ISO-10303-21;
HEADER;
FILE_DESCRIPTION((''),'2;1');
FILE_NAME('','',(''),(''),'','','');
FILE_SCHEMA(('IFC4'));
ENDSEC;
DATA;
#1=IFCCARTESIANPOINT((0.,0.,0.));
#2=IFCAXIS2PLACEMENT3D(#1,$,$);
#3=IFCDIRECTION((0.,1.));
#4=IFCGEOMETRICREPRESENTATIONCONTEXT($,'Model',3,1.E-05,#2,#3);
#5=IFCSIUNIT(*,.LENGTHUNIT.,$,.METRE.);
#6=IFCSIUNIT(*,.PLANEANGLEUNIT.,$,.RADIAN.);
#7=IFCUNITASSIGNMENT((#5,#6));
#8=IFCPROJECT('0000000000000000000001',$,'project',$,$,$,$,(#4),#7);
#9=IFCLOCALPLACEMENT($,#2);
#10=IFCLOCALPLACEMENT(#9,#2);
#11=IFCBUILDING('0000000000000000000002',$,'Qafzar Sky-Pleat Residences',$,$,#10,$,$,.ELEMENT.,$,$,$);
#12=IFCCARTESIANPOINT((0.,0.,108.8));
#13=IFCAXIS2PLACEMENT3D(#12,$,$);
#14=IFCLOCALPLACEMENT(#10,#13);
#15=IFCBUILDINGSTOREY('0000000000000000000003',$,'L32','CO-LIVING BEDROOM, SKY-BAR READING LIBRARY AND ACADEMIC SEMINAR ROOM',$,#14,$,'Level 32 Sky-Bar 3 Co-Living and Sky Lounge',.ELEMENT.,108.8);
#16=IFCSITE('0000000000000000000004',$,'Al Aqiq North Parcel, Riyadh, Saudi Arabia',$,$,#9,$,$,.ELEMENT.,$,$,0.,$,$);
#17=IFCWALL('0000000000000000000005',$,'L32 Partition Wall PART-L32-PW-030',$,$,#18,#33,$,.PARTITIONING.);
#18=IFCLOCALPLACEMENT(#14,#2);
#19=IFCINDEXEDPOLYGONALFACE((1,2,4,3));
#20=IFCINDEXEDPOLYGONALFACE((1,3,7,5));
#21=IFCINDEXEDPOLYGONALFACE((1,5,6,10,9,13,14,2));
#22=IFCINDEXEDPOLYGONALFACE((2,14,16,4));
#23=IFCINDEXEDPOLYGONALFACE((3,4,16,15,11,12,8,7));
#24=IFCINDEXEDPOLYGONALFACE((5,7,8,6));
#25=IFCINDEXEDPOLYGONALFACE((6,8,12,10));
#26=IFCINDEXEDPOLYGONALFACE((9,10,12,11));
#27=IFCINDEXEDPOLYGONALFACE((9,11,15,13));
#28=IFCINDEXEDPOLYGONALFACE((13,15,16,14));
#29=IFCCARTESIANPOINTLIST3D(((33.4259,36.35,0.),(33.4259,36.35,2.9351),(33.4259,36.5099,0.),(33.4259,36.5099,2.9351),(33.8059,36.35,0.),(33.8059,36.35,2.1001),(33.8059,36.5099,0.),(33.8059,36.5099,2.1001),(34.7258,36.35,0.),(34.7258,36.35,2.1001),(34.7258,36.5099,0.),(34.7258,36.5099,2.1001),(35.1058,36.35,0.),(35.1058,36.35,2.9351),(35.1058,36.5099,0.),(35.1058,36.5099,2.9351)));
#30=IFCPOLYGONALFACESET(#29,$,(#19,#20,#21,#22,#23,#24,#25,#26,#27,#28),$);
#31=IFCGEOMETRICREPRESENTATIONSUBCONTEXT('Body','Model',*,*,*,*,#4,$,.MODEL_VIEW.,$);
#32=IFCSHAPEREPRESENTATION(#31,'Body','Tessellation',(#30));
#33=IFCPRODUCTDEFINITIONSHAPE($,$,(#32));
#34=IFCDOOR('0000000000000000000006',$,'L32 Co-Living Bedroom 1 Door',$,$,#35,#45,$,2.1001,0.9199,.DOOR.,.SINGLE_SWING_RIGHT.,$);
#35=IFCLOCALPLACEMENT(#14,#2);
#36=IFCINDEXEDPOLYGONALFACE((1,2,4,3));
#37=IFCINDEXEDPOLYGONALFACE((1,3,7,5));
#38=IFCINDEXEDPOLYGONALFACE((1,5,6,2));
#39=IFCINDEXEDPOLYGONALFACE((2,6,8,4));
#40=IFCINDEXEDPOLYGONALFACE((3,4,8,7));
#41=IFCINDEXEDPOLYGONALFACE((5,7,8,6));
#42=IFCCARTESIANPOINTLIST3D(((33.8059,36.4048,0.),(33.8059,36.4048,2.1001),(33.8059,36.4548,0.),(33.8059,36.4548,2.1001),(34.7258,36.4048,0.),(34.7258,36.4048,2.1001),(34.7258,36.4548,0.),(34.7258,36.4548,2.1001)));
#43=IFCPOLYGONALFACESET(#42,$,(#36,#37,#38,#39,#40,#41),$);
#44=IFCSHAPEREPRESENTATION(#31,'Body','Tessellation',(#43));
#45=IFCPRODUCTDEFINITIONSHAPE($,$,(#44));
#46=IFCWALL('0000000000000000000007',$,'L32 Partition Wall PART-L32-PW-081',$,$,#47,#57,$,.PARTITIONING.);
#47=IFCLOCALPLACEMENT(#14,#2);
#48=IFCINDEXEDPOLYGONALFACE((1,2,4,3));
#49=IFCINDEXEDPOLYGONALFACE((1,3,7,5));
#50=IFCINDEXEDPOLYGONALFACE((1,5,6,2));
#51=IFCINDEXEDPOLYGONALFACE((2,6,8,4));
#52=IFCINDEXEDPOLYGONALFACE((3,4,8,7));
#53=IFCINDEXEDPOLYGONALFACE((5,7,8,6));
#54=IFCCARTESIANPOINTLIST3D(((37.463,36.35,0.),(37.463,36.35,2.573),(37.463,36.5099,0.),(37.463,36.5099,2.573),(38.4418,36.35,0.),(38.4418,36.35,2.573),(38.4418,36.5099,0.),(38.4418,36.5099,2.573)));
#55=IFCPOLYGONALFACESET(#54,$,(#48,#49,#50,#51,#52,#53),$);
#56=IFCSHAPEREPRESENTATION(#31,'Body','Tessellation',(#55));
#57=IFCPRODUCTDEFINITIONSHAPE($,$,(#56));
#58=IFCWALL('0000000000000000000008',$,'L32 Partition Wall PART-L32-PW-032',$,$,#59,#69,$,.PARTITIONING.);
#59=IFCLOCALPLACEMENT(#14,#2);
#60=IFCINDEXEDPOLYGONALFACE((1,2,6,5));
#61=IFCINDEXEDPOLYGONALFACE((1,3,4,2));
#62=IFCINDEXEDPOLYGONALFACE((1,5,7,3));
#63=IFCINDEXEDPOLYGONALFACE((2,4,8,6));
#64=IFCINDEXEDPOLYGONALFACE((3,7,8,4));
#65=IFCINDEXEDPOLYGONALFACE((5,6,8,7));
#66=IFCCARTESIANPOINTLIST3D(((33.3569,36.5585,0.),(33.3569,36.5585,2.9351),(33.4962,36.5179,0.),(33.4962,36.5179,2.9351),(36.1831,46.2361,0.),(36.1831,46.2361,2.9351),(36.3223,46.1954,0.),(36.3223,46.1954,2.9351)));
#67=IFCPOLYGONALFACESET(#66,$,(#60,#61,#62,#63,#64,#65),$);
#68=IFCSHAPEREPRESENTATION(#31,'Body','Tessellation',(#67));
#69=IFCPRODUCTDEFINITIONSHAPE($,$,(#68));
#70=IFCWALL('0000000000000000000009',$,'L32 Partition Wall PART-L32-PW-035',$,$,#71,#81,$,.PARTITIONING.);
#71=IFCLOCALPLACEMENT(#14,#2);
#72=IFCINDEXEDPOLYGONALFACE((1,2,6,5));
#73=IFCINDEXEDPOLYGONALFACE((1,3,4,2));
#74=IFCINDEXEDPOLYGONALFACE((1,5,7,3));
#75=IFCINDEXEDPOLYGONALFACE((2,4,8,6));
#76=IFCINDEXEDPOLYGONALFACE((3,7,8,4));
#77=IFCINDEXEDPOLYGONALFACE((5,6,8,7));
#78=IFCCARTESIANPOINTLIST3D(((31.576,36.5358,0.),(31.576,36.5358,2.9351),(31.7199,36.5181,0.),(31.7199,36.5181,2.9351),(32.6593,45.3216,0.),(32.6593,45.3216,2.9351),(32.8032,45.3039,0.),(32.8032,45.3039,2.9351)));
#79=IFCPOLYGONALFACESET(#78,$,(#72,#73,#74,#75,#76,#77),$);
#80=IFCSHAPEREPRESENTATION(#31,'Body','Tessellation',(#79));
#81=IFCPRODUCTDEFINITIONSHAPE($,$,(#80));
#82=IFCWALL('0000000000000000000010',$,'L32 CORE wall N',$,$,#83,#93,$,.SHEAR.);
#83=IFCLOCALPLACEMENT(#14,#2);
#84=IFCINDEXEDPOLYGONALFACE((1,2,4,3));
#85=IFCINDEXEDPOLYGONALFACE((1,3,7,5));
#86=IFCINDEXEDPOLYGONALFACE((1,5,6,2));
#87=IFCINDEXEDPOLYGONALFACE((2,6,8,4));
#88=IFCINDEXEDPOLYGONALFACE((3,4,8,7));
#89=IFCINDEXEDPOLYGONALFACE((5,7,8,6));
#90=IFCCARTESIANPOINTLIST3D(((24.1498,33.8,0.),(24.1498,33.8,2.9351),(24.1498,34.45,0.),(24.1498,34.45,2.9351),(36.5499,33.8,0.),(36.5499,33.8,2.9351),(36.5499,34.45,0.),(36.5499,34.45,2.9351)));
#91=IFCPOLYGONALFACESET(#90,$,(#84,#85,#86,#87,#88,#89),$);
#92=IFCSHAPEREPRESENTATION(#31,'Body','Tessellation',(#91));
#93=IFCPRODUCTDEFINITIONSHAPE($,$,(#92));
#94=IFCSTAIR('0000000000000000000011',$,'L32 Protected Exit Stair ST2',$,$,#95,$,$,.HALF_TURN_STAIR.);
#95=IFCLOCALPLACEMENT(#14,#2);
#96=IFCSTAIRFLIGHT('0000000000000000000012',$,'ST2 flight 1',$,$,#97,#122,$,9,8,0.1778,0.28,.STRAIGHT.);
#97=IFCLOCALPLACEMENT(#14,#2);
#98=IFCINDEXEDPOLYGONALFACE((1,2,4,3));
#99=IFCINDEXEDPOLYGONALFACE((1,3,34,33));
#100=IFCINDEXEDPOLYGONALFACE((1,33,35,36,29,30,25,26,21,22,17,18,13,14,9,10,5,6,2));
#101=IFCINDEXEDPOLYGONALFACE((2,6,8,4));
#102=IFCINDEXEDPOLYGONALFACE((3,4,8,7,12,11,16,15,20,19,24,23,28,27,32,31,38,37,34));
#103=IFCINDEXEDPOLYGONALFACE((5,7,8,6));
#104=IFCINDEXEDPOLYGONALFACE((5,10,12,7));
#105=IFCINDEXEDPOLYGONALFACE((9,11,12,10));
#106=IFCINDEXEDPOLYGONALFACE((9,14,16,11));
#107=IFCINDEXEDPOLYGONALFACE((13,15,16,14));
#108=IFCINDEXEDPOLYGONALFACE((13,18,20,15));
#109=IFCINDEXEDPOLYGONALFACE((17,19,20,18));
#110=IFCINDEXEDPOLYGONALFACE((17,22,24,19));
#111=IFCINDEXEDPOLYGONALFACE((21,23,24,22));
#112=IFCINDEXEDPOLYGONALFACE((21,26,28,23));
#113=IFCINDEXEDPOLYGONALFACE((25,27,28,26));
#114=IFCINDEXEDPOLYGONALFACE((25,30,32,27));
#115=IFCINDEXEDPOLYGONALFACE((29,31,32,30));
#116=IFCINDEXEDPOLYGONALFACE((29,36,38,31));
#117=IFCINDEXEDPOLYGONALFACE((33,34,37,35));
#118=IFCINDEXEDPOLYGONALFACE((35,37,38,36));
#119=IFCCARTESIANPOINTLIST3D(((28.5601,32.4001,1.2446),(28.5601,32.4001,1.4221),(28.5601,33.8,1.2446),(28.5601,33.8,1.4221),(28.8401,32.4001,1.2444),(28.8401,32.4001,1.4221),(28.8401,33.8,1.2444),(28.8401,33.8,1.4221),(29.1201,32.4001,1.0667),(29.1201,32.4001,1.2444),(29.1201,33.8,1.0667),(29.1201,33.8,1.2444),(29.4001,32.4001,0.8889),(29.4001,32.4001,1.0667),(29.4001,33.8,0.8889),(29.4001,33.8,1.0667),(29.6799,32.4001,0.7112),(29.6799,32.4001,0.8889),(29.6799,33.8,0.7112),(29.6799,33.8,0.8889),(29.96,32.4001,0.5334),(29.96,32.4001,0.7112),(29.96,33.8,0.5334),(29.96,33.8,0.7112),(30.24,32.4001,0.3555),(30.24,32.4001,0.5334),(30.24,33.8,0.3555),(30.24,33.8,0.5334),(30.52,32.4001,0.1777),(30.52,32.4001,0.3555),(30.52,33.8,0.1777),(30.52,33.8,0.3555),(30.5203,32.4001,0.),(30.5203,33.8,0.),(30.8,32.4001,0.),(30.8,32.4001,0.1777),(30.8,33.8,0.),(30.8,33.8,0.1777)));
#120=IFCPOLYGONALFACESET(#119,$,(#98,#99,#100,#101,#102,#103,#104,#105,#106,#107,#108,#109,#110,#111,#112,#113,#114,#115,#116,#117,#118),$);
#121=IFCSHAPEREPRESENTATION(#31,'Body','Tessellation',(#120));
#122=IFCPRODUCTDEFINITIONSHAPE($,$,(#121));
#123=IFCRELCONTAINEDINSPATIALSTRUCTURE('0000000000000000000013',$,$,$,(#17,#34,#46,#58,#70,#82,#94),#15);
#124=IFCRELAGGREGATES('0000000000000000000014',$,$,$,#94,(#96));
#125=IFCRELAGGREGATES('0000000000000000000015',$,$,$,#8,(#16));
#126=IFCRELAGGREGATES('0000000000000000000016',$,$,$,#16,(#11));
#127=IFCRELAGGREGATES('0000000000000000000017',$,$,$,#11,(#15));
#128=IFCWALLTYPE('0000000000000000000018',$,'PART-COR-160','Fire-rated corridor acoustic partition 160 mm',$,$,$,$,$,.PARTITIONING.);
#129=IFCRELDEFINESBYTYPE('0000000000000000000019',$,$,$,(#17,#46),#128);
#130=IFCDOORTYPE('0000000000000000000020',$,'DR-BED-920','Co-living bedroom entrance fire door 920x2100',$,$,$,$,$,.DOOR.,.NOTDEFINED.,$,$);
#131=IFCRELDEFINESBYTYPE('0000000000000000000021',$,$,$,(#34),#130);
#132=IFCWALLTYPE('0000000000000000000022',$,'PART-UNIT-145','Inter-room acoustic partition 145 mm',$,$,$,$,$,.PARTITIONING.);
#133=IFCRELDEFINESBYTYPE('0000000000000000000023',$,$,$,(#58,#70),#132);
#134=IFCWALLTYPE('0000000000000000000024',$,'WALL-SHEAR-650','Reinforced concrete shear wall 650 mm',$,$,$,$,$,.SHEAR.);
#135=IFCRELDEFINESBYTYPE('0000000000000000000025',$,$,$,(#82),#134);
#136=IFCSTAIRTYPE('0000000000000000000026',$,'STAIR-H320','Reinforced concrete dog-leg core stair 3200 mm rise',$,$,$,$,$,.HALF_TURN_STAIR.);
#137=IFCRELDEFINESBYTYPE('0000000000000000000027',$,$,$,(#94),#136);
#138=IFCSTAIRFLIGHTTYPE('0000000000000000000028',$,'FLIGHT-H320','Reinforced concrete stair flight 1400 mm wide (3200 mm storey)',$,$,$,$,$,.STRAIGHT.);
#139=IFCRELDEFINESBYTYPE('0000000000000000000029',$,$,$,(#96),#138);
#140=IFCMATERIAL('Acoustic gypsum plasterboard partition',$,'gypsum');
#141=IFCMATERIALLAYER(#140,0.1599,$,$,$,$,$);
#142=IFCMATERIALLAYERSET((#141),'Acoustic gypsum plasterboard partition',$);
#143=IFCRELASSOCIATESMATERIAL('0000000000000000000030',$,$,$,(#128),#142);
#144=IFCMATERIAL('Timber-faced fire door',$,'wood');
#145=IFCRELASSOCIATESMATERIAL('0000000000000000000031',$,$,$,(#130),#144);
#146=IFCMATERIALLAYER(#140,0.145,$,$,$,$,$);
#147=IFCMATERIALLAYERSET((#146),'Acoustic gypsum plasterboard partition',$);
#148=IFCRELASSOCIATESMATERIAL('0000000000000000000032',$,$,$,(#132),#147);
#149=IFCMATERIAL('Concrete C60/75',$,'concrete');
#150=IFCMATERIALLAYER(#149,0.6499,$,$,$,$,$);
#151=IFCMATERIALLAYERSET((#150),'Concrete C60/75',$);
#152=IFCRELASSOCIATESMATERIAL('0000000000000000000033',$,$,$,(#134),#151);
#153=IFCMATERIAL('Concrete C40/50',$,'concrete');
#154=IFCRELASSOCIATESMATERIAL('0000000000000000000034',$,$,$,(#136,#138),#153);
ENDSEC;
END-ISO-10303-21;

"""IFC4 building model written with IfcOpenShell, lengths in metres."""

from ifc_helpers import new_model, si_unit, direction, frame, frame_2d, origin, place, context, subcontext, project, spatial, polyline, rectangle, outline, extrude, source, transform, mapped, material, layer, layer_set, type_object, element, fill, aggregate, save


model = new_model("IFC4")

# Units and contexts
model_context = context("Model", 3, precision=1e-05, world=origin(), true_north=direction((0.0, 1.0)))
body_context = subcontext(model_context, "Body", "Model", "MODEL_VIEW")
ifc_project = project(units=[si_unit("LENGTHUNIT", "METRE"), si_unit("PLANEANGLEUNIT", "RADIAN")], contexts=[model_context])

# Site, building, storey
site_placement = place(None, origin())
site = spatial("IfcSite", under=ifc_project, at=site_placement, Name="Al Aqiq North Parcel, Riyadh, Saudi Arabia", CompositionType="ELEMENT", RefElevation=0.0)
building_placement = place(site_placement, origin())
building = spatial("IfcBuilding", under=site, at=building_placement, Name="Qafzar Sky-Pleat Residences", CompositionType="ELEMENT")
storey_placement = place(building_placement, frame((0.0, 0.0, 108.8)))
storey = spatial("IfcBuildingStorey", under=building, at=storey_placement, Name="L32", Description="CO-LIVING BEDROOM, SKY-BAR READING LIBRARY AND ACADEMIC SEMINAR ROOM", LongName="Level 32 Sky-Bar 3 Co-Living and Sky Lounge", CompositionType="ELEMENT", Elevation=108.8)

# Wall, opening, door
ifc_material_1 = material(Name="Acoustic gypsum plasterboard partition", Category="gypsum")
ifc_layer_1 = layer(ifc_material_1, 0.1599)
ifc_layer_set_1 = layer_set([ifc_layer_1], Name="Acoustic gypsum plasterboard partition")
wall_type_1 = type_object("IfcWallType", Name="PART-COR-160", Description="Fire-rated corridor acoustic partition 160 mm", PredefinedType="PARTITIONING", material=ifc_layer_set_1)
ifc_material_2 = material(Name="Timber-faced fire door", Category="wood")
door_type = type_object("IfcDoorType", Name="DR-BED-920", Description="Co-living bedroom entrance fire door 920x2100", OperationType="NOTDEFINED", PredefinedType="DOOR", material=ifc_material_2)
shared_shape_1 = source(origin(), body_context, "Body", "SweptSolid", [
    extrude(rectangle(XDim=0.9199, YDim=2.1001, at=frame_2d((0.46, 1.05))), frame((0.0, 0.0249, 0.0), z_axis=(0.0, -1.0, 0.0), x_axis=(1.0, 0.0, 0.0)), (0.0, 0.0, 1.0), 0.05),
])
wall_1_placement = place(storey_placement, frame((33.426, 36.4299, 0.0), z_axis=(0.0, 0.0, 1.0), x_axis=(1.0, 0.0, 0.0)))
wall_1 = element("IfcWall", 1, at=wall_1_placement, inside=storey, type_object=wall_type_1, Name="L32 Partition Wall PART-L32-PW-030", PredefinedType="PARTITIONING", context=body_context, shape_type="SweptSolid", body=[
    extrude(rectangle(XDim=1.6799, YDim=0.1599, at=frame_2d((0.8398, 0.0))), origin(), (0.0, 0.0, 1.0), 2.9351),
])
opening_1_placement = place(wall_1_placement, frame((0.3799, 0.0, 0.0)))
opening_1 = element("IfcOpeningElement", 2, at=opening_1_placement, cuts=wall_1, PredefinedType="OPENING", context=body_context, shape_type="SweptSolid", body=[
    extrude(rectangle(XDim=0.9199, YDim=2.1001, at=frame_2d((0.46, 1.05))), frame((0.0, 0.0898, 0.0), z_axis=(0.0, -1.0, 0.0), x_axis=(1.0, 0.0, 0.0)), (0.0, 0.0, 1.0), 0.1799),
])
door_1_placement = place(opening_1_placement, origin())
door_1 = element("IfcDoor", 3, at=door_1_placement, inside=storey, type_object=door_type, Name="L32 Co-Living Bedroom 1 Door", OperationType="SINGLE_SWING_RIGHT", OverallHeight=2.1001, OverallWidth=0.9199, PredefinedType="DOOR", context=body_context, shape_type="MappedRepresentation", body=[
    mapped(shared_shape_1, transform((0.0, 0.0, 0.0), x_axis=(1.0, 0.0, 0.0), y_axis=(0.0, 1.0, 0.0), z_axis=(0.0, 0.0, 1.0), scale=1.0)),
])
fill(opening_1, door_1)

# Walls
wall_2_placement = place(storey_placement, frame((37.4631, 36.4299, 0.0), z_axis=(0.0, 0.0, 1.0), x_axis=(1.0, 0.0, 0.0)))
element("IfcWall", 4, at=wall_2_placement, inside=storey, type_object=wall_type_1, Name="L32 Partition Wall PART-L32-PW-081", PredefinedType="PARTITIONING", context=body_context, shape_type="SweptSolid", body=[
    extrude(rectangle(XDim=0.9788, YDim=0.1599, at=frame_2d((0.4893, 0.0))), origin(), (0.0, 0.0, 1.0), 2.573),
])
ifc_layer_2 = layer(ifc_material_1, 0.145)
ifc_layer_set_2 = layer_set([ifc_layer_2], Name="Acoustic gypsum plasterboard partition")
wall_type_2 = type_object("IfcWallType", Name="PART-UNIT-145", Description="Inter-room acoustic partition 145 mm", PredefinedType="PARTITIONING", material=ifc_layer_set_2)
wall_3_placement = place(storey_placement, frame((33.4265, 36.5381, 0.0), z_axis=(0.0, 0.0, 1.0), x_axis=(0.280326, 0.959905, 0.0)))
element("IfcWall", 5, at=wall_3_placement, inside=storey, type_object=wall_type_2, Name="L32 Partition Wall PART-L32-PW-032", PredefinedType="PARTITIONING", context=body_context, shape_type="SweptSolid", body=[
    extrude(rectangle(XDim=10.0818, YDim=0.145, at=frame_2d((5.041, 0.0))), origin(), (0.0, 0.0, 1.0), 2.9351),
])
wall_4_placement = place(storey_placement, frame((31.6479, 36.5269, 0.0), z_axis=(0.0, 0.0, 1.0), x_axis=(0.122371, 0.992484, 0.0)))
element("IfcWall", 6, at=wall_4_placement, inside=storey, type_object=wall_type_2, Name="L32 Partition Wall PART-L32-PW-035", PredefinedType="PARTITIONING", context=body_context, shape_type="SweptSolid", body=[
    extrude(rectangle(XDim=8.8523, YDim=0.145, at=frame_2d((4.4263, 0.0))), origin(), (0.0, 0.0, 1.0), 2.9351),
])
ifc_material_3 = material(Name="Concrete C60/75", Category="concrete")
ifc_layer_3 = layer(ifc_material_3, 0.6499)
ifc_layer_set_3 = layer_set([ifc_layer_3], Name="Concrete C60/75")
wall_type_3 = type_object("IfcWallType", Name="WALL-SHEAR-650", Description="Reinforced concrete shear wall 650 mm", PredefinedType="SHEAR", material=ifc_layer_set_3)
wall_5_placement = place(storey_placement, frame((36.55, 34.125, 0.0), z_axis=(0.0, 0.0, 1.0), x_axis=(-1.0, 0.0, 0.0)))
element("IfcWall", 7, at=wall_5_placement, inside=storey, type_object=wall_type_3, Name="L32 CORE wall N", PredefinedType="SHEAR", context=body_context, shape_type="SweptSolid", body=[
    extrude(rectangle(XDim=12.4001, YDim=0.6499, at=frame_2d((6.2002, 0.0))), origin(), (0.0, 0.0, 1.0), 2.9351),
])

# Stair, stair flight
ifc_material_4 = material(Name="Concrete C40/50", Category="concrete")
stair_type = type_object("IfcStairType", Name="STAIR-H320", Description="Reinforced concrete dog-leg core stair 3200 mm rise", PredefinedType="HALF_TURN_STAIR", material=ifc_material_4)
stair_placement = place(storey_placement, origin())
stair = element("IfcStair", 8, at=stair_placement, inside=storey, type_object=stair_type, Name="L32 Protected Exit Stair ST2", PredefinedType="HALF_TURN_STAIR")
stair_flight_type = type_object("IfcStairFlightType", Name="FLIGHT-H320", Description="Reinforced concrete stair flight 1400 mm wide (3200 mm storey)", PredefinedType="STRAIGHT", material=ifc_material_4)
shared_shape_2 = source(origin(), body_context, "Body", "SweptSolid", [
    extrude(outline(polyline([(0.0, 0.0), (0.0, 0.1777), (0.28, 0.1777), (0.28, 0.3555), (0.5601, 0.3555), (0.5601, 0.5334), (0.8401, 0.5334), (0.8401, 0.7112), (1.1201, 0.7112), (1.1201, 0.8889), (1.3999, 0.8889), (1.3999, 1.0667), (1.6799, 1.0667), (1.6799, 1.2444), (1.96, 1.2444), (1.96, 1.4221), (2.24, 1.4221), (2.24, 1.6001), (2.24, 1.2446), (0.2798, 0.0), (0.0, 0.0)])), frame((0.0, 0.7, 0.0), z_axis=(0.0, -1.0, 0.0), x_axis=(1.0, 0.0, 0.0)), (0.0, 0.0, 1.0), 1.3999),
])
stair_flight_placement = place(storey_placement, frame((30.8, 33.1001, 0.0), z_axis=(0.0, 0.0, 1.0), x_axis=(-1.0, 0.0, 0.0)))
stair_flight = element("IfcStairFlight", 9, at=stair_flight_placement, type_object=stair_flight_type, Name="ST2 flight 1", NumberOfRisers=9, NumberOfTreads=8, PredefinedType="STRAIGHT", RiserHeight=0.1778, TreadLength=0.28, context=body_context, shape_type="MappedRepresentation", body=[
    mapped(shared_shape_2, transform((0.0, 0.0, 0.0), x_axis=(1.0, 0.0, 0.0), y_axis=(0.0, 1.0, 0.0), z_axis=(0.0, 0.0, 1.0), scale=1.0)),
])
aggregate(stair, [stair_flight])

save(model, "model.ifc")
